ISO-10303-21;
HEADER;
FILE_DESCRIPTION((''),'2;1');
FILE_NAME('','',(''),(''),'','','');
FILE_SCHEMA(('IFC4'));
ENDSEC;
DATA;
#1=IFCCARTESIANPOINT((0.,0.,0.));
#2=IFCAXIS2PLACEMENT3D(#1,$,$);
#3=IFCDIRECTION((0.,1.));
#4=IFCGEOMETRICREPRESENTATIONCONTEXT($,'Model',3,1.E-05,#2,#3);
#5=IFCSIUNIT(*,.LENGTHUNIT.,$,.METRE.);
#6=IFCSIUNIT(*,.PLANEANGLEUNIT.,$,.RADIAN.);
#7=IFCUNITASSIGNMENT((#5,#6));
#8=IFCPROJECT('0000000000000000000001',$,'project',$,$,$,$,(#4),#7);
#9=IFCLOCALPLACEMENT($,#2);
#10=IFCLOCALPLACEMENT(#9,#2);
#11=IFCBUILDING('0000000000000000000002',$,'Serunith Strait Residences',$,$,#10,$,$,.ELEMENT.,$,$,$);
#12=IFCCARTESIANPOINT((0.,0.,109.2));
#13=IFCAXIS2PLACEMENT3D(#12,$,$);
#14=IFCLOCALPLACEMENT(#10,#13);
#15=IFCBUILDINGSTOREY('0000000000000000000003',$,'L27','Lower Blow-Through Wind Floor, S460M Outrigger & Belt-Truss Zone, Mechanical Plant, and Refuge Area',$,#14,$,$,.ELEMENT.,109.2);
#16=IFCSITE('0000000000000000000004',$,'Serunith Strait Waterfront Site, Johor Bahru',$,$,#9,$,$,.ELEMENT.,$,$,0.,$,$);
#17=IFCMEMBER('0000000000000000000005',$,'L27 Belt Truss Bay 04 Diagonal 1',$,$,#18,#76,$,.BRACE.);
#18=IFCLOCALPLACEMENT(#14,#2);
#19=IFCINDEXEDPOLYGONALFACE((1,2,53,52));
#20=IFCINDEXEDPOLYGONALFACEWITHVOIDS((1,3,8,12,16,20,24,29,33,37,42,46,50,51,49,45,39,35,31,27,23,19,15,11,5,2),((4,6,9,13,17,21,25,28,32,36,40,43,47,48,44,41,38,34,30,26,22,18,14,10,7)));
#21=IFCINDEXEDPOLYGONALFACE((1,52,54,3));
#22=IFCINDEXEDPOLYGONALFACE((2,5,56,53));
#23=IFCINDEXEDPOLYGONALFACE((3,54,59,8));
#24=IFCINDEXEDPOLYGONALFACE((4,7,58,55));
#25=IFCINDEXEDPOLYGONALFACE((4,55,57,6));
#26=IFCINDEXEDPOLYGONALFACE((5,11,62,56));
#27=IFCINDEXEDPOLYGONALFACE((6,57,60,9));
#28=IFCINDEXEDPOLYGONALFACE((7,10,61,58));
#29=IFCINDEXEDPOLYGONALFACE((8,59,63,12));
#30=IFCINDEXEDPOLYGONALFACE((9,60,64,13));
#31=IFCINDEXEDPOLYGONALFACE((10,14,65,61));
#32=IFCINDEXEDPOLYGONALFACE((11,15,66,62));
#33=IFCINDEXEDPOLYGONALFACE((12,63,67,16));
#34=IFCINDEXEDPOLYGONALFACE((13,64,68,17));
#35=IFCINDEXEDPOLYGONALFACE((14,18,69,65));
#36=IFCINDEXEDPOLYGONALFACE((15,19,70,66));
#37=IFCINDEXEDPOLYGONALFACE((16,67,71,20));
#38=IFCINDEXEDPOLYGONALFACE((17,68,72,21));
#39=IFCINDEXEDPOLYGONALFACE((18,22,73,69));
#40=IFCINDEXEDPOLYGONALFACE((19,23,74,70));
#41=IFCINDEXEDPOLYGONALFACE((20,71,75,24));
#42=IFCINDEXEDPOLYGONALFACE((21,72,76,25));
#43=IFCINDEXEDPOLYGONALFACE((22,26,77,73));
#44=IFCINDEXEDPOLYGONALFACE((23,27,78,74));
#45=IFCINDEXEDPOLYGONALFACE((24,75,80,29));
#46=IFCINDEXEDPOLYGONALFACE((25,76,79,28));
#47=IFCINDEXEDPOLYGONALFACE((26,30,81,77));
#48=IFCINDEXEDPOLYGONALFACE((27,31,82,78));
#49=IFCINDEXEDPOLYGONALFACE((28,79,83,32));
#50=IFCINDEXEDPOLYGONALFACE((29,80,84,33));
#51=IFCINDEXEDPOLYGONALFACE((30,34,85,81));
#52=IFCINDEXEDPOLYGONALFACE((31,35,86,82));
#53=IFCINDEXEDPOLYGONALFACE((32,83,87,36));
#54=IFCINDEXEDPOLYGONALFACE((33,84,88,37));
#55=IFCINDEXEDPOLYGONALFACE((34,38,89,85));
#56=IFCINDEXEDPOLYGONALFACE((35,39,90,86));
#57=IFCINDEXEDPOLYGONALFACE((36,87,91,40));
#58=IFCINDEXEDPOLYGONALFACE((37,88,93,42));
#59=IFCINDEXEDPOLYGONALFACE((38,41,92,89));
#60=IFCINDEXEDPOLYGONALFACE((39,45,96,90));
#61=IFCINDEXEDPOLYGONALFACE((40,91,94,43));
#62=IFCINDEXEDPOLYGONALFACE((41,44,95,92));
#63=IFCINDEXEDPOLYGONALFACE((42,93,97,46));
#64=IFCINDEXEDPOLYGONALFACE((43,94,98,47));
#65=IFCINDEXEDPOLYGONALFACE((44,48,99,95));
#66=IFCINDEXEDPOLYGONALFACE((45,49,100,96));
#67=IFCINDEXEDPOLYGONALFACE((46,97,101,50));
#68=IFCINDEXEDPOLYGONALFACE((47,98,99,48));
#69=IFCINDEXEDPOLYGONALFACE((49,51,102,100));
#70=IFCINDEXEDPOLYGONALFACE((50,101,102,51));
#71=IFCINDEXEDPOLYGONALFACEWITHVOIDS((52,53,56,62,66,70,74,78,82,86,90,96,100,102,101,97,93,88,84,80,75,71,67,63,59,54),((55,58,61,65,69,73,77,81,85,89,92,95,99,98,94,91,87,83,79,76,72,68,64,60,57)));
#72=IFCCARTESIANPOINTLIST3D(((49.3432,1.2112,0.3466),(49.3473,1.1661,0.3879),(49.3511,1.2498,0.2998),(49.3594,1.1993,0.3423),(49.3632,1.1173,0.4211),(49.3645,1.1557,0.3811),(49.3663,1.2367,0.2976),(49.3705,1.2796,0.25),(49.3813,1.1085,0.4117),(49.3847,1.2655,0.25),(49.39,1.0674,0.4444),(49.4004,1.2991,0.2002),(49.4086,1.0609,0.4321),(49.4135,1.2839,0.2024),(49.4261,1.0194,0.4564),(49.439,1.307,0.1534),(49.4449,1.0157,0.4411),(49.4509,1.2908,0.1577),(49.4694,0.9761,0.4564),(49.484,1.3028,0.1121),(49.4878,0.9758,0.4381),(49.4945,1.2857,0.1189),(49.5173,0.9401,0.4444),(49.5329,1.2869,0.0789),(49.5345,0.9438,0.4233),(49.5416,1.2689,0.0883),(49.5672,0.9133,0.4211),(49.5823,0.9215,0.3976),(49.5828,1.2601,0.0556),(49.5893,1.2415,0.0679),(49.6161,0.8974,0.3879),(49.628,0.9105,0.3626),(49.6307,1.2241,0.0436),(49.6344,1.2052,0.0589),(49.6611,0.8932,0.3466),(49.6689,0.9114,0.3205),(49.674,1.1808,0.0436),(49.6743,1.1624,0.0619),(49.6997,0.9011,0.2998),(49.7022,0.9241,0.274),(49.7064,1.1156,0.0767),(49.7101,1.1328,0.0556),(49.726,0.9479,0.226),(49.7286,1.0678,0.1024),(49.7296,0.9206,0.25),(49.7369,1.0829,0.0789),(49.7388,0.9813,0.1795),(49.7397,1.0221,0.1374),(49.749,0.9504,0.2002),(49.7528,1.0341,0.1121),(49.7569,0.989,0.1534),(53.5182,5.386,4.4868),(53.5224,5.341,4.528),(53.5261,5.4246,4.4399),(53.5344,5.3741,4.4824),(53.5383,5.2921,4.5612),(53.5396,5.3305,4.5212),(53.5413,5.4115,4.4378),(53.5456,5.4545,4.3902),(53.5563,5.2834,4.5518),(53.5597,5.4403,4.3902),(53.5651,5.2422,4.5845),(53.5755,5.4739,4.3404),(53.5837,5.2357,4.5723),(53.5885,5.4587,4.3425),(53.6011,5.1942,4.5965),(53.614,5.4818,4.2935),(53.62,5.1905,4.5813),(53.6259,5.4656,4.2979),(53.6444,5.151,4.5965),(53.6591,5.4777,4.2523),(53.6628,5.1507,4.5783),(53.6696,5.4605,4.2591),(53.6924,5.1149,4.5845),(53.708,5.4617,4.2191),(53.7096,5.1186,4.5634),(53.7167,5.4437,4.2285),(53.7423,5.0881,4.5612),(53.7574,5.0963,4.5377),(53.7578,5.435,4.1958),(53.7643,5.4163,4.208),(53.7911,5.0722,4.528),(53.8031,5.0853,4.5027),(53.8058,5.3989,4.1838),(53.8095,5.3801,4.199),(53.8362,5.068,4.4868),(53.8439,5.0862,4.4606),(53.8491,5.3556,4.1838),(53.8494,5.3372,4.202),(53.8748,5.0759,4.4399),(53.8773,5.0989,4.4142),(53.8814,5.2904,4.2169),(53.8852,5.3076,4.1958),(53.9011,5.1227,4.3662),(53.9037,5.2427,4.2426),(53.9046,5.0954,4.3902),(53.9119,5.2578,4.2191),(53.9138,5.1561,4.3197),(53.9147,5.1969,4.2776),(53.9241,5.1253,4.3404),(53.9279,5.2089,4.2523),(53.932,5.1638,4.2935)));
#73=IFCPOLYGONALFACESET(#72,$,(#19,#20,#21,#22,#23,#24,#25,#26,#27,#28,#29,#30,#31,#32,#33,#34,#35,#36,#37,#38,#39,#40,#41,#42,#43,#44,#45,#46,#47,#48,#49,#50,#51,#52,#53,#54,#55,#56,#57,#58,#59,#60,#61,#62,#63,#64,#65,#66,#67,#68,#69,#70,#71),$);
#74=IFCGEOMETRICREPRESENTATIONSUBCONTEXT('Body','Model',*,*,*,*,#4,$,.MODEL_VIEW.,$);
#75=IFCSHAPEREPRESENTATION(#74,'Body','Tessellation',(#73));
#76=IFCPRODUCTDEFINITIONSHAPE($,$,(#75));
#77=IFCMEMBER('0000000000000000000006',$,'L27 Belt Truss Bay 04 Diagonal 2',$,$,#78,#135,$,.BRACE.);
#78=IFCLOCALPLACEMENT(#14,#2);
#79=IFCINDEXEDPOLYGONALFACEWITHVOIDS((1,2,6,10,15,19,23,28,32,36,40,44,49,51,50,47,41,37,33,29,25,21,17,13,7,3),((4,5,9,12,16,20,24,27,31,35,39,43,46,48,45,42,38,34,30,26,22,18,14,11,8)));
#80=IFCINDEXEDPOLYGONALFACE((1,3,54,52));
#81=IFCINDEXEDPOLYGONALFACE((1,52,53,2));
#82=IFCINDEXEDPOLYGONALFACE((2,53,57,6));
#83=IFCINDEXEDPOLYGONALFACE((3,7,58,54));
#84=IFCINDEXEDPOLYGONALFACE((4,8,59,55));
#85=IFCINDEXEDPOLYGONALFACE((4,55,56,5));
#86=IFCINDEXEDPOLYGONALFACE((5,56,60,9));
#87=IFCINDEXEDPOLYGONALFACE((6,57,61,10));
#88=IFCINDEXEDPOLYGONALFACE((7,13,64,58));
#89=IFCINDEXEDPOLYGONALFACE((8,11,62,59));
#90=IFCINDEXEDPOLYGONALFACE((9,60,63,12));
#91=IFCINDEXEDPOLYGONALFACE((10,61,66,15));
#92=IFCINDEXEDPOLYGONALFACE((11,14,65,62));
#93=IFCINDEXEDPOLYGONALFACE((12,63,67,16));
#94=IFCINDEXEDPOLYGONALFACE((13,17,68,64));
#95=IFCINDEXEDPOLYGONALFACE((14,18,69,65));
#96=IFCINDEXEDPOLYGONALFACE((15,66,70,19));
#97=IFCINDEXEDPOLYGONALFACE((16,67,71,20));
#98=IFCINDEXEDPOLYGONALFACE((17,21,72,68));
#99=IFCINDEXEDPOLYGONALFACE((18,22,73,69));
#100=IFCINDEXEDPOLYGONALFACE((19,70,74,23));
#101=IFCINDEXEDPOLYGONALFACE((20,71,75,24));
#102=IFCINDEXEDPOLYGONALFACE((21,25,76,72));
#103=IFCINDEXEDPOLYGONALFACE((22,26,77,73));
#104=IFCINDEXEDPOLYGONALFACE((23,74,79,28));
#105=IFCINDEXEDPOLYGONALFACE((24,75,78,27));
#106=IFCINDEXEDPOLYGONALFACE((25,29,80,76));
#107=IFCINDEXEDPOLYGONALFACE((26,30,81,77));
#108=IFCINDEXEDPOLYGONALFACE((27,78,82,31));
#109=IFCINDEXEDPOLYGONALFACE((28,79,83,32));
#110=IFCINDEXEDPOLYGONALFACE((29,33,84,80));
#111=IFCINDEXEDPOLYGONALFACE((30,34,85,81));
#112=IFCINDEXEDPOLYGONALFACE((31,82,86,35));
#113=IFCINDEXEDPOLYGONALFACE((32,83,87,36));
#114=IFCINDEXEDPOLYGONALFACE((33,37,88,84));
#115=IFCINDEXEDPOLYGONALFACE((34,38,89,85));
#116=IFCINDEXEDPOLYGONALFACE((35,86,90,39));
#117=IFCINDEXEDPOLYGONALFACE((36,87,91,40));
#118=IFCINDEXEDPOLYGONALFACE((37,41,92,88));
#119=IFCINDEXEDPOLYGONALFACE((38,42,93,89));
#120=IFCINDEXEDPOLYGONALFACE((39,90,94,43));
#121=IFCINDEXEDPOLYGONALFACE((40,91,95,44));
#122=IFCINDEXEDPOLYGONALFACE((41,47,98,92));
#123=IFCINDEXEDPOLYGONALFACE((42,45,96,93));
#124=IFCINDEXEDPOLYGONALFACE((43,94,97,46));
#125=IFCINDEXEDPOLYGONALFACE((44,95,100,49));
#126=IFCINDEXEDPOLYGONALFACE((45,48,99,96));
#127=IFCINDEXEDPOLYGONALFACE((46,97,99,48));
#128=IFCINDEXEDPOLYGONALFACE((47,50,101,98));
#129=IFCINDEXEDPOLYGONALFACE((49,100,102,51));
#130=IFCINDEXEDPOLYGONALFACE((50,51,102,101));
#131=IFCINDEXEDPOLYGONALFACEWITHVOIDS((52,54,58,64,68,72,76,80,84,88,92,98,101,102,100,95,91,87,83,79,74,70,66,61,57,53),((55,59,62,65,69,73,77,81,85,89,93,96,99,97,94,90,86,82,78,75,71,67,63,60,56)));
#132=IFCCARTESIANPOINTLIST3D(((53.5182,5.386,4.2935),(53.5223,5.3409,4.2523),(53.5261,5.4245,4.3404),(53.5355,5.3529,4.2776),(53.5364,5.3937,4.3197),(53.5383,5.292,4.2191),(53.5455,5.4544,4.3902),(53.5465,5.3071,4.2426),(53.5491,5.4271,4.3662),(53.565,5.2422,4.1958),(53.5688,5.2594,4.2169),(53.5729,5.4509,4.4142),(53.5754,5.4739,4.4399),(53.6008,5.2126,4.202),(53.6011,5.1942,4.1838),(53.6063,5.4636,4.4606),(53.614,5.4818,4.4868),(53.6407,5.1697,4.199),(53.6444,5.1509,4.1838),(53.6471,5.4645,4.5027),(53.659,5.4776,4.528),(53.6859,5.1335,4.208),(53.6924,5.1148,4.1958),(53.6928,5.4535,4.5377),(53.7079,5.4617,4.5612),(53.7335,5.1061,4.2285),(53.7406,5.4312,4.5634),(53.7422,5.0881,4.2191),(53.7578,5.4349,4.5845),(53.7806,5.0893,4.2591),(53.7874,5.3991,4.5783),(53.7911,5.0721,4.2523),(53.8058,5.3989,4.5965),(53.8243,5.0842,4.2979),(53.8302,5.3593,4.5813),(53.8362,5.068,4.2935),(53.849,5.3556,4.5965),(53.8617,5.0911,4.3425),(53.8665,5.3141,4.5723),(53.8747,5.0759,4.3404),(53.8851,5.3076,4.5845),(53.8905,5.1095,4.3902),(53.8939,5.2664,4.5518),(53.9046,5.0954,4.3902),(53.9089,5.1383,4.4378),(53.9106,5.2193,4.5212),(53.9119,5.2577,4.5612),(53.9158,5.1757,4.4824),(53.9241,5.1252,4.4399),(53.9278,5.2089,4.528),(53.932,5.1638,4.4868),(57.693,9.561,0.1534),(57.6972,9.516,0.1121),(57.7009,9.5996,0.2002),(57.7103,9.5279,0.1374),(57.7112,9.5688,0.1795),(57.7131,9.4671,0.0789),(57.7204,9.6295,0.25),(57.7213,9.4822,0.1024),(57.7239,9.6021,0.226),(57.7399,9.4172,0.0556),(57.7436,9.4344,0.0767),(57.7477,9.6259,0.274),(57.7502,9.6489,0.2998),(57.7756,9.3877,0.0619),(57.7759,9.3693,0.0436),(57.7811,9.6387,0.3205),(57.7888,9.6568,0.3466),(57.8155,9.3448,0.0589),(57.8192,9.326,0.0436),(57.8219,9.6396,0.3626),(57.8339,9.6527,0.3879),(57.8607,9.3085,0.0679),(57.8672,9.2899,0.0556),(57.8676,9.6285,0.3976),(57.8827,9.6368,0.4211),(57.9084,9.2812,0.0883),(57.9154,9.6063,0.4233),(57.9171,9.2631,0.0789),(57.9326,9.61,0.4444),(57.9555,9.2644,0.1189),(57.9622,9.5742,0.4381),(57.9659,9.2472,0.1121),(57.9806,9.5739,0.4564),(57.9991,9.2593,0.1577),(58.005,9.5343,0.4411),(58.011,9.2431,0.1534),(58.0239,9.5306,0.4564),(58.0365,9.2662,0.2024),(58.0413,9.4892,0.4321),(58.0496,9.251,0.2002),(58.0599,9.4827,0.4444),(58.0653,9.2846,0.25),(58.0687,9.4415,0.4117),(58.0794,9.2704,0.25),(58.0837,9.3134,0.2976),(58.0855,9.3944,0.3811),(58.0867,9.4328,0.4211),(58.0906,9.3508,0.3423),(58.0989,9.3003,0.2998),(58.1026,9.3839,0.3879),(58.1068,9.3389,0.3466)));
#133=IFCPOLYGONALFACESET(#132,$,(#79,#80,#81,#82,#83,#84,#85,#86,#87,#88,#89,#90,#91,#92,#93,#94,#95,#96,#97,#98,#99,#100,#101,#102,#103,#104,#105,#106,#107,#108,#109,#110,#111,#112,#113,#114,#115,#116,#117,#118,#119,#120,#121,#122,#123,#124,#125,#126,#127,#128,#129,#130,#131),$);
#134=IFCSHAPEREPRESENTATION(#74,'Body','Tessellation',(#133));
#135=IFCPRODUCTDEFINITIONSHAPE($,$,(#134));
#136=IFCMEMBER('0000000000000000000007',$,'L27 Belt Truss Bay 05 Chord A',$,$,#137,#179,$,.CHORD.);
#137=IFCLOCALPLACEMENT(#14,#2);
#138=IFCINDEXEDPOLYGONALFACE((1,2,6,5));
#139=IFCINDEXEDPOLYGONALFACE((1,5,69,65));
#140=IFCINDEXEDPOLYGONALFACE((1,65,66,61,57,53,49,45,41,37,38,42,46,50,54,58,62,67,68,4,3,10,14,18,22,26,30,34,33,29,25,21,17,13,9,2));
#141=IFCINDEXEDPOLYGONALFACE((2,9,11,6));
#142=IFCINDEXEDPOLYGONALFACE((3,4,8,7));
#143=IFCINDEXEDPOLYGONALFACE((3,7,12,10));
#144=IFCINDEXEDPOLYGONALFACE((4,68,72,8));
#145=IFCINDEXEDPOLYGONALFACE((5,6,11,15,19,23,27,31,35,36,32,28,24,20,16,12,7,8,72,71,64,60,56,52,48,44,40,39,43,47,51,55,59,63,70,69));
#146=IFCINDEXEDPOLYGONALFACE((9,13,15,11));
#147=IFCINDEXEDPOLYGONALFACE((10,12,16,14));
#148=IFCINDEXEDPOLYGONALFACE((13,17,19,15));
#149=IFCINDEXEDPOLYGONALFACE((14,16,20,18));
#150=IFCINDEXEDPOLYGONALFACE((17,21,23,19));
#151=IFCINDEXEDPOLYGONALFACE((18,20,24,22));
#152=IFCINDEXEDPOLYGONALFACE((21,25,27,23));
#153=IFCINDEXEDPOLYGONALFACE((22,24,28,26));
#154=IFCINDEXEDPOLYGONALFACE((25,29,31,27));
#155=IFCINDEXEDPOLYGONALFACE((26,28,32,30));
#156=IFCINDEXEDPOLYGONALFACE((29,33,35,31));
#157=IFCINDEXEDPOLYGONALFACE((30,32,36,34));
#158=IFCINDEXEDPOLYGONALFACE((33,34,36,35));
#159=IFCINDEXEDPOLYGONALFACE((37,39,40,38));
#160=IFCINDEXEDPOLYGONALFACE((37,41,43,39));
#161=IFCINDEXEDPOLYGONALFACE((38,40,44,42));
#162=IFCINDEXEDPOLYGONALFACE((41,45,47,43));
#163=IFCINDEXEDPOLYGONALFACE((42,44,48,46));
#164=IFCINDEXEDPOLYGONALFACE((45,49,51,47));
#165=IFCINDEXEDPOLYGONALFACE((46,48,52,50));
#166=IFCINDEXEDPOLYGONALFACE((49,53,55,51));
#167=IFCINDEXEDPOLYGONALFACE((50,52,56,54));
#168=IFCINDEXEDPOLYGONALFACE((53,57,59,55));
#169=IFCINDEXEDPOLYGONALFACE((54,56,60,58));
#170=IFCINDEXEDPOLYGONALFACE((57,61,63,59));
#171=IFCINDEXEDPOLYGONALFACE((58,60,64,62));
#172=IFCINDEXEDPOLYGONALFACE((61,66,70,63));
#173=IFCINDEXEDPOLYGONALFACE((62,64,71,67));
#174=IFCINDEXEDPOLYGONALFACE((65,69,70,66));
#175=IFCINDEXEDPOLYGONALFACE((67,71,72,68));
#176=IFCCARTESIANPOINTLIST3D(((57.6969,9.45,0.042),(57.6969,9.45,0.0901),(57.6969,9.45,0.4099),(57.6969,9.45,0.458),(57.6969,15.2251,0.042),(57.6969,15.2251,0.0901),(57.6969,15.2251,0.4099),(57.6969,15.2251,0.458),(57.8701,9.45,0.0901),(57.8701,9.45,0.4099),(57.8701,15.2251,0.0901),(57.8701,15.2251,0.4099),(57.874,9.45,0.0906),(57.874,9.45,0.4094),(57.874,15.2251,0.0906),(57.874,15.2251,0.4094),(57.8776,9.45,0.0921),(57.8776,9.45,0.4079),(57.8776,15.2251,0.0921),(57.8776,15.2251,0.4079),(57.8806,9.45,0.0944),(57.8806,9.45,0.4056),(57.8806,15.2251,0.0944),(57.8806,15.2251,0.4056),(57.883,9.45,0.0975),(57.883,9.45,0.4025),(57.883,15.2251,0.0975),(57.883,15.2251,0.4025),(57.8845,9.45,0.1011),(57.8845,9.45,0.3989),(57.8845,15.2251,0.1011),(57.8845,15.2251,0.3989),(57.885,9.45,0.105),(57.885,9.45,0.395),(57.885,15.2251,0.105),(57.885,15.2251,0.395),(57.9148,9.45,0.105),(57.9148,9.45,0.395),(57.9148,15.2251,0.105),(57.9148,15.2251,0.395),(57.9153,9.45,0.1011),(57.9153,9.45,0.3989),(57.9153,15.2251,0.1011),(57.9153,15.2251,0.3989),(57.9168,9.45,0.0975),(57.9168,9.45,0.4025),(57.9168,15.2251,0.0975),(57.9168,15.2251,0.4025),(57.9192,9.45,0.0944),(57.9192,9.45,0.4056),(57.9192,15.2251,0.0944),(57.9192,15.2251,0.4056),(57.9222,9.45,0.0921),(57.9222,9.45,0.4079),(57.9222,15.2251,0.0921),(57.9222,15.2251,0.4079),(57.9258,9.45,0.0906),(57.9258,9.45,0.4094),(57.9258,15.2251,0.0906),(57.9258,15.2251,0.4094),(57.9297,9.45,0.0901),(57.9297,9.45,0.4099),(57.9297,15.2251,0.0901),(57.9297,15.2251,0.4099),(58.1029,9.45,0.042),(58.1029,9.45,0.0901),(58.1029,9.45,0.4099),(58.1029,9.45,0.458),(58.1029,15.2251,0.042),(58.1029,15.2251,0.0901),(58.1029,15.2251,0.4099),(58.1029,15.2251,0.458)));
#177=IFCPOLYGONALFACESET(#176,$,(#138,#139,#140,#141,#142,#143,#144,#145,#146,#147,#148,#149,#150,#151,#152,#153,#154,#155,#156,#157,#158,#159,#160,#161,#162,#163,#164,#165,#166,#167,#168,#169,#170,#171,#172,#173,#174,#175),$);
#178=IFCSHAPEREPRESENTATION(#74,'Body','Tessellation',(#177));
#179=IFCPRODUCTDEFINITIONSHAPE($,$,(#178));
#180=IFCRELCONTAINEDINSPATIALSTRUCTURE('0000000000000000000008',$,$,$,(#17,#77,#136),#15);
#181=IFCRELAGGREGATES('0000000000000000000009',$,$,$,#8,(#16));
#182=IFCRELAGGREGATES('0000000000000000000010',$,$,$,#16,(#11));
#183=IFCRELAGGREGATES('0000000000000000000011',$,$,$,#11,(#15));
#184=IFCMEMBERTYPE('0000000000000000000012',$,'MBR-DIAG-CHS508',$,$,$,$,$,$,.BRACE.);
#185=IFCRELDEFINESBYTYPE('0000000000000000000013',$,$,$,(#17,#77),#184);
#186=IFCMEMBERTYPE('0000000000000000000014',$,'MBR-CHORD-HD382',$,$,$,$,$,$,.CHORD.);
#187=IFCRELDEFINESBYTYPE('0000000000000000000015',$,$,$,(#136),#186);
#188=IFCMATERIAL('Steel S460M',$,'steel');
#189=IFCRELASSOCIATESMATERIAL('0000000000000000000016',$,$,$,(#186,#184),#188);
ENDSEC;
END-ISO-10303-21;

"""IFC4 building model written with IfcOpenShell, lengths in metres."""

from ifc_helpers import new_model, si_unit, direction, frame, origin, origin_2d, place, context, subcontext, project, spatial, hollow_circle, i_section, extrude, source, transform, mapped, material, material_profile, profile_set, type_object, element, save


model = new_model("IFC4")

# Units and contexts
model_context = context("Model", 3, precision=1e-05, world=origin(), true_north=direction((0.0, 1.0)))
body_context = subcontext(model_context, "Body", "Model", "MODEL_VIEW")
ifc_project = project(units=[si_unit("LENGTHUNIT", "METRE"), si_unit("PLANEANGLEUNIT", "RADIAN")], contexts=[model_context])

# Site, building, storey
site_placement = place(None, origin())
site = spatial("IfcSite", under=ifc_project, at=site_placement, Name="Serunith Strait Waterfront Site, Johor Bahru", CompositionType="ELEMENT", RefElevation=0.0)
building_placement = place(site_placement, origin())
building = spatial("IfcBuilding", under=site, at=building_placement, Name="Serunith Strait Residences", CompositionType="ELEMENT")
storey_placement = place(building_placement, frame((0.0, 0.0, 109.2)))
storey = spatial("IfcBuildingStorey", under=building, at=storey_placement, Name="L27", Description="Lower Blow-Through Wind Floor, S460M Outrigger & Belt-Truss Zone, Mechanical Plant, and Refuge Area", CompositionType="ELEMENT", Elevation=109.2)

# Members
ifc_material_1 = material(Name="Steel S460M", Category="steel")
ifc_material_profile_1 = material_profile(ifc_material_1, i_section(OverallWidth=0.406, OverallDepth=0.416, WebThickness=0.0298, FlangeThickness=0.0481, FilletRadius=0.0149, at=origin_2d()), Name="HD 400x382")
ifc_profile_set_1 = profile_set([ifc_material_profile_1], Name="Steel S460M")
member_type_1 = type_object("IfcMemberType", Name="MBR-CHORD-HD382", PredefinedType="CHORD", material=ifc_profile_set_1)
ifc_material_profile_2 = material_profile(ifc_material_1, hollow_circle(Radius=0.2539, WallThickness=0.02, at=origin_2d()), Name="CHS 508x20")
ifc_profile_set_2 = profile_set([ifc_material_profile_2], Name="Steel S460M")
member_type_2 = type_object("IfcMemberType", Name="MBR-DIAG-CHS508", PredefinedType="BRACE", material=ifc_profile_set_2)
shared_shape_1 = source(origin(), body_context, "Body", "SweptSolid", [
    extrude(hollow_circle(Radius=0.2539, WallThickness=0.02, at=origin_2d()), origin(), (0.0, 0.0, 1.0), 7.2112),
])
for number, where, z_axis, x_axis, name in (
    (1, (49.55, 1.1001, 0.25), (0.578971, 0.578937, 0.574129), (-0.707086, 0.707127, 0.0), "L27 Belt Truss Bay 04 Diagonal 1"),
    (2, (57.8999, 9.45, 0.25), (-0.578937, -0.578971, 0.574129), (0.707127, -0.707086, 0.0), "L27 Belt Truss Bay 04 Diagonal 2"),
):
    element("IfcMember", number, at=place(storey_placement, frame(where, z_axis=z_axis, x_axis=x_axis)), inside=storey, type_object=member_type_2, Name=name, PredefinedType="BRACE", context=body_context, shape_type="MappedRepresentation", body=[
        mapped(shared_shape_1, transform((0.0, 0.0, 0.0), scale=1.0)),
    ])
shared_shape_2 = source(origin(), body_context, "Body", "SweptSolid", [
    extrude(i_section(OverallWidth=0.406, OverallDepth=0.416, WebThickness=0.0298, FlangeThickness=0.0481, FilletRadius=0.0149, at=origin_2d()), origin(), (0.0, 0.0, 1.0), 5.7751),
])
member_1_placement = place(storey_placement, frame((57.8999, 9.45, 0.25), z_axis=(0.0, 1.0, 0.0), x_axis=(-1.0, 0.0, 0.0)))
element("IfcMember", 3, at=member_1_placement, inside=storey, type_object=member_type_1, Name="L27 Belt Truss Bay 05 Chord A", PredefinedType="CHORD", context=body_context, shape_type="MappedRepresentation", body=[
    mapped(shared_shape_2, transform((0.0, 0.0, 0.0), scale=1.0)),
])

save(model, "model.ifc")
